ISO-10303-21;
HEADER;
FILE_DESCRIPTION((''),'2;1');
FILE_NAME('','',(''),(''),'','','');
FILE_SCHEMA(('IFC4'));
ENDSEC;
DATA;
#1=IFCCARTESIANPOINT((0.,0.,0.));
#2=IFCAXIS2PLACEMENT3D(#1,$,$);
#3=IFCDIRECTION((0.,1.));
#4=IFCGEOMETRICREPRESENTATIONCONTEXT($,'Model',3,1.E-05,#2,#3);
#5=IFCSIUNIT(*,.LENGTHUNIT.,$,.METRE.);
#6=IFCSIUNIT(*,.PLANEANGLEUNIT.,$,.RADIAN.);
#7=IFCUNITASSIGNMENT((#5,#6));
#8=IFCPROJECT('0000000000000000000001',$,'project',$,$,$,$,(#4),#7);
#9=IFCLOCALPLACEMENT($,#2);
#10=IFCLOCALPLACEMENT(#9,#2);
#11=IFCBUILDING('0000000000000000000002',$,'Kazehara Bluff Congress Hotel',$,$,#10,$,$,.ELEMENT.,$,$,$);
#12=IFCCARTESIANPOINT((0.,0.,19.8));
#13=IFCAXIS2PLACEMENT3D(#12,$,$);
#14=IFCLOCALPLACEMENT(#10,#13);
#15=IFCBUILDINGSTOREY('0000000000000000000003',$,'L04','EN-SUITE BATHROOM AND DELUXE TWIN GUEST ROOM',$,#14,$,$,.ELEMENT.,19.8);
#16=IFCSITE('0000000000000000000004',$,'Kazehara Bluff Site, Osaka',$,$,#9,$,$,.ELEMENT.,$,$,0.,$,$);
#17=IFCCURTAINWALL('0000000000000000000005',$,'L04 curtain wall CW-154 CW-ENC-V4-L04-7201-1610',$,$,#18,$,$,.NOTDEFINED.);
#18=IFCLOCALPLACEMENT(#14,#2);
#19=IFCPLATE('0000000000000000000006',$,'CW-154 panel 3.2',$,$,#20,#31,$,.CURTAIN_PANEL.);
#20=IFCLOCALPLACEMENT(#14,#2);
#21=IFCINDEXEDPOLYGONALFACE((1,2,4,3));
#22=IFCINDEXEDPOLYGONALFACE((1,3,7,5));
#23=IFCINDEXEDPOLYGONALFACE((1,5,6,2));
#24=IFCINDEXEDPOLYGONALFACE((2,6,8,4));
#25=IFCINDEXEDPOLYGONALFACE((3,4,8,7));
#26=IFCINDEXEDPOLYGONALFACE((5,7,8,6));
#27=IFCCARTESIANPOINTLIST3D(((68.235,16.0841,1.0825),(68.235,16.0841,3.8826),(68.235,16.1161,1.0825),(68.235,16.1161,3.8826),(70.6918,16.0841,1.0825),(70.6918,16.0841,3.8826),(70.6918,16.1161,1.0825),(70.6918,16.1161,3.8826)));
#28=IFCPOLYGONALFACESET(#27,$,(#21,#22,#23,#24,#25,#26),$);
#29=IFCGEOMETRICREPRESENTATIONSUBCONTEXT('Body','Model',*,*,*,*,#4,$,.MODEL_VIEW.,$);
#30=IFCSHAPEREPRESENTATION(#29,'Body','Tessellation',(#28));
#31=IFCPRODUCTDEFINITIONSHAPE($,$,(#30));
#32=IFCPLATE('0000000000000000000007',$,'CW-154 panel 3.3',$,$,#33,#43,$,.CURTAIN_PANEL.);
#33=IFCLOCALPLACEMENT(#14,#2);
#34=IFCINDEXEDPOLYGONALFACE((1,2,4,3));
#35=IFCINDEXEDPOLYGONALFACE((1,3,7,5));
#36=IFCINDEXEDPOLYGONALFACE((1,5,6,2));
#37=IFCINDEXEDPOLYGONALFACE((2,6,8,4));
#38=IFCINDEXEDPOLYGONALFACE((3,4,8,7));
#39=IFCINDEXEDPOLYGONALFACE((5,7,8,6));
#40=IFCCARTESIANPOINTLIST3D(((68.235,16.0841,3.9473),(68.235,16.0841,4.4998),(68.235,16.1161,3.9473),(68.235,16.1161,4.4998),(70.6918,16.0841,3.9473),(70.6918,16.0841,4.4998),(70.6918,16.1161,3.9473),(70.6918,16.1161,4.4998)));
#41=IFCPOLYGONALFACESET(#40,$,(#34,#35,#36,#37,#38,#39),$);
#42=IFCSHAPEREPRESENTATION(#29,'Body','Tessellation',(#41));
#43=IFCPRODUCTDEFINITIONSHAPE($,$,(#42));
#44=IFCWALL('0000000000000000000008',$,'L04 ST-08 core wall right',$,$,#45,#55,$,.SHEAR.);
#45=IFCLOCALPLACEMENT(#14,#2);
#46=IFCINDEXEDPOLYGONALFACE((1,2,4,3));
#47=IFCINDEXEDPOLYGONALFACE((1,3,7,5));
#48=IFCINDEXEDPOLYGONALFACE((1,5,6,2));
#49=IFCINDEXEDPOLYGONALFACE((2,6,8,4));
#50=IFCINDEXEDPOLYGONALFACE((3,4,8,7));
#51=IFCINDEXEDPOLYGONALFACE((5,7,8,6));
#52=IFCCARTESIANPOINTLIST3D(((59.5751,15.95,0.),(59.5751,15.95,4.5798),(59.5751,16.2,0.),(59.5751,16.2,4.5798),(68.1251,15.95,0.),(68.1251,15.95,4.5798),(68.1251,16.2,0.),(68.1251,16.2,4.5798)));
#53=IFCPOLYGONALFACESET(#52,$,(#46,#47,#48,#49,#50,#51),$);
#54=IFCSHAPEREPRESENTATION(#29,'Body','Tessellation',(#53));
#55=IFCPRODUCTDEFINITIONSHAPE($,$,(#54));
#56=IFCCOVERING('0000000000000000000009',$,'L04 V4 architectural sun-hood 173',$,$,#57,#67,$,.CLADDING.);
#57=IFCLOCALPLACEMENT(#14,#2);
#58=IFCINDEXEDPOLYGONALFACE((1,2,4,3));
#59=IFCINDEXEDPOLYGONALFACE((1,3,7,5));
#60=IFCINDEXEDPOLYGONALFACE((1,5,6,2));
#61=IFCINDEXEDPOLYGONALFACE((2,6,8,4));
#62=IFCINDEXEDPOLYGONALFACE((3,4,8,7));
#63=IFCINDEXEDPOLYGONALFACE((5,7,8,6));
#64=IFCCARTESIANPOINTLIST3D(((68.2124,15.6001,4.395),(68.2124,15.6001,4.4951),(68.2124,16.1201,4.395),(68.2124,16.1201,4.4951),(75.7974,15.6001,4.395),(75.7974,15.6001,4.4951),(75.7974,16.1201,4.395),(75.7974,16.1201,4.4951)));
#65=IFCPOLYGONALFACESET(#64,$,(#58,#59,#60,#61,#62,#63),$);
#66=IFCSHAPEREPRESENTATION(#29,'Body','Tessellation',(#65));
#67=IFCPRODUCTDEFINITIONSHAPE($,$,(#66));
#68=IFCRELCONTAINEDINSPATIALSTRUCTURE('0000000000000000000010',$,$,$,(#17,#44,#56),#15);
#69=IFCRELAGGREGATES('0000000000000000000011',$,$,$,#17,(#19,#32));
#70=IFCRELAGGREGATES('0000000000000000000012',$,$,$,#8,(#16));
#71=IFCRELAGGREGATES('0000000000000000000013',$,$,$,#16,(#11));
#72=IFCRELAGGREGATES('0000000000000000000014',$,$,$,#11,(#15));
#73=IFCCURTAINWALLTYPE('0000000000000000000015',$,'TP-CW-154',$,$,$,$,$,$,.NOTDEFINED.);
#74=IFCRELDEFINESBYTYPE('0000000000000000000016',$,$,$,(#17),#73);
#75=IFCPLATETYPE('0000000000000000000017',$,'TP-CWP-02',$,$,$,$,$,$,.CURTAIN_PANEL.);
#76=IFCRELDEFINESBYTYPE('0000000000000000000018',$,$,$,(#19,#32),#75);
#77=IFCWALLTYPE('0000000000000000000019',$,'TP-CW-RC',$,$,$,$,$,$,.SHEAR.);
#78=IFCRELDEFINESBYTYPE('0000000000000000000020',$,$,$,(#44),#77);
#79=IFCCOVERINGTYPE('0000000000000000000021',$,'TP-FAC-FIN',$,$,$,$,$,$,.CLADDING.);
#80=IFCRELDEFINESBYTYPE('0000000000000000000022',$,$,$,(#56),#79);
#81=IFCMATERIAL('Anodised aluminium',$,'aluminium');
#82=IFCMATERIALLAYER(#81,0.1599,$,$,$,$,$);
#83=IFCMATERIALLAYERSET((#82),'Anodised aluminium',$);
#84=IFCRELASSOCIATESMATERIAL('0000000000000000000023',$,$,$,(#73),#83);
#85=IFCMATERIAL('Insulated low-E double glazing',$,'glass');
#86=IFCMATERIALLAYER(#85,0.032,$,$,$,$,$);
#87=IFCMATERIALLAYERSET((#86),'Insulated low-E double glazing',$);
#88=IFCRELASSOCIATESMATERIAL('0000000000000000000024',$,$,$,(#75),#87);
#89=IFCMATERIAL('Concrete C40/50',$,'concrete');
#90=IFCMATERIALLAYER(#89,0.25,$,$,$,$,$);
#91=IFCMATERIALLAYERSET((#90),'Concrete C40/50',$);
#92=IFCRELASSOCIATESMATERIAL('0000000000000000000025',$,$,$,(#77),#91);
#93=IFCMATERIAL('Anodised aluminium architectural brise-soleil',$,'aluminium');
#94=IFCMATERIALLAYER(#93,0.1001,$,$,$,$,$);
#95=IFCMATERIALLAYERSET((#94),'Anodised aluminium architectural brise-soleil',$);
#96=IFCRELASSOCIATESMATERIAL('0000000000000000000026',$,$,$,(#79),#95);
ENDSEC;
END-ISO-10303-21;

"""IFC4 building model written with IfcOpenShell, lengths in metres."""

from ifc_helpers import new_model, si_unit, direction, frame, frame_2d, origin, origin_2d, place, context, subcontext, project, spatial, rectangle, extrude, material, layer, layer_set, type_object, element, aggregate, save


model = new_model("IFC4")

# Units and contexts
model_context = context("Model", 3, precision=1e-05, world=origin(), true_north=direction((0.0, 1.0)))
body_context = subcontext(model_context, "Body", "Model", "MODEL_VIEW")
ifc_project = project(units=[si_unit("LENGTHUNIT", "METRE"), si_unit("PLANEANGLEUNIT", "RADIAN")], contexts=[model_context])

# Site, building, storey
site_placement = place(None, origin())
site = spatial("IfcSite", under=ifc_project, at=site_placement, Name="Kazehara Bluff Site, Osaka", CompositionType="ELEMENT", RefElevation=0.0)
building_placement = place(site_placement, origin())
building = spatial("IfcBuilding", under=site, at=building_placement, Name="Kazehara Bluff Congress Hotel", CompositionType="ELEMENT")
storey_placement = place(building_placement, frame((0.0, 0.0, 19.8)))
storey = spatial("IfcBuildingStorey", under=building, at=storey_placement, Name="L04", Description="EN-SUITE BATHROOM AND DELUXE TWIN GUEST ROOM", CompositionType="ELEMENT", Elevation=19.8)

# Curtain wall, plates
ifc_material_1 = material(Name="Anodised aluminium", Category="aluminium")
ifc_layer_1 = layer(ifc_material_1, 0.1599)
ifc_layer_set_1 = layer_set([ifc_layer_1], Name="Anodised aluminium")
curtain_wall_type = type_object("IfcCurtainWallType", Name="TP-CW-154", PredefinedType="NOTDEFINED", material=ifc_layer_set_1)
curtain_wall_placement = place(storey_placement, origin())
curtain_wall = element("IfcCurtainWall", 1, at=curtain_wall_placement, inside=storey, type_object=curtain_wall_type, Name="L04 curtain wall CW-154 CW-ENC-V4-L04-7201-1610", PredefinedType="NOTDEFINED")
ifc_material_2 = material(Name="Insulated low-E double glazing", Category="glass")
ifc_layer_2 = layer(ifc_material_2, 0.032)
ifc_layer_set_2 = layer_set([ifc_layer_2], Name="Insulated low-E double glazing")
plate_type = type_object("IfcPlateType", Name="TP-CWP-02", PredefinedType="CURTAIN_PANEL", material=ifc_layer_set_2)
plate_1_placement = place(storey_placement, frame((69.4634, 16.1001, 1.0825), z_axis=(0.0, 0.0, 1.0), x_axis=(-1.0, 0.0, 0.0)))
plate_1 = element("IfcPlate", 2, at=plate_1_placement, type_object=plate_type, Name="CW-154 panel 3.2", PredefinedType="CURTAIN_PANEL", context=body_context, shape_type="SweptSolid", body=[
    extrude(rectangle(XDim=2.4568, YDim=0.032, at=origin_2d()), origin(), (0.0, 0.0, 1.0), 2.8),
])
plate_2_placement = place(storey_placement, frame((69.4634, 16.1001, 3.9473), z_axis=(0.0, 0.0, 1.0), x_axis=(-1.0, 0.0, 0.0)))
plate_2 = element("IfcPlate", 3, at=plate_2_placement, type_object=plate_type, Name="CW-154 panel 3.3", PredefinedType="CURTAIN_PANEL", context=body_context, shape_type="SweptSolid", body=[
    extrude(rectangle(XDim=2.4568, YDim=0.032, at=origin_2d()), origin(), (0.0, 0.0, 1.0), 0.5525),
])
aggregate(curtain_wall, [plate_1, plate_2])

# Wall
ifc_material_3 = material(Name="Concrete C40/50", Category="concrete")
ifc_layer_3 = layer(ifc_material_3, 0.25)
ifc_layer_set_3 = layer_set([ifc_layer_3], Name="Concrete C40/50")
wall_type = type_object("IfcWallType", Name="TP-CW-RC", PredefinedType="SHEAR", material=ifc_layer_set_3)
wall_placement = place(storey_placement, frame((68.125, 16.075, 0.0), z_axis=(0.0, 0.0, 1.0), x_axis=(-1.0, 0.0, 0.0)))
element("IfcWall", 4, at=wall_placement, inside=storey, type_object=wall_type, Name="L04 ST-08 core wall right", PredefinedType="SHEAR", context=body_context, shape_type="SweptSolid", body=[
    extrude(rectangle(XDim=8.55, YDim=0.25, at=frame_2d((4.2749, 0.0))), origin(), (0.0, 0.0, 1.0), 4.5798),
])

# Covering
ifc_material_4 = material(Name="Anodised aluminium architectural brise-soleil", Category="aluminium")
ifc_layer_4 = layer(ifc_material_4, 0.1001)
ifc_layer_set_4 = layer_set([ifc_layer_4], Name="Anodised aluminium architectural brise-soleil")
covering_type = type_object("IfcCoveringType", Name="TP-FAC-FIN", PredefinedType="CLADDING", material=ifc_layer_set_4)
covering_placement = place(storey_placement, frame((72.0049, 15.8601, 4.395), z_axis=(0.0, 0.0, 1.0), x_axis=(1.0, 0.0, 0.0)))
element("IfcCovering", 5, at=covering_placement, inside=storey, type_object=covering_type, Name="L04 V4 architectural sun-hood 173", PredefinedType="CLADDING", context=body_context, shape_type="SweptSolid", body=[
    extrude(rectangle(XDim=7.585, YDim=0.52, at=origin_2d()), origin(), (0.0, 0.0, 1.0), 0.1001),
])

save(model, "model.ifc")
